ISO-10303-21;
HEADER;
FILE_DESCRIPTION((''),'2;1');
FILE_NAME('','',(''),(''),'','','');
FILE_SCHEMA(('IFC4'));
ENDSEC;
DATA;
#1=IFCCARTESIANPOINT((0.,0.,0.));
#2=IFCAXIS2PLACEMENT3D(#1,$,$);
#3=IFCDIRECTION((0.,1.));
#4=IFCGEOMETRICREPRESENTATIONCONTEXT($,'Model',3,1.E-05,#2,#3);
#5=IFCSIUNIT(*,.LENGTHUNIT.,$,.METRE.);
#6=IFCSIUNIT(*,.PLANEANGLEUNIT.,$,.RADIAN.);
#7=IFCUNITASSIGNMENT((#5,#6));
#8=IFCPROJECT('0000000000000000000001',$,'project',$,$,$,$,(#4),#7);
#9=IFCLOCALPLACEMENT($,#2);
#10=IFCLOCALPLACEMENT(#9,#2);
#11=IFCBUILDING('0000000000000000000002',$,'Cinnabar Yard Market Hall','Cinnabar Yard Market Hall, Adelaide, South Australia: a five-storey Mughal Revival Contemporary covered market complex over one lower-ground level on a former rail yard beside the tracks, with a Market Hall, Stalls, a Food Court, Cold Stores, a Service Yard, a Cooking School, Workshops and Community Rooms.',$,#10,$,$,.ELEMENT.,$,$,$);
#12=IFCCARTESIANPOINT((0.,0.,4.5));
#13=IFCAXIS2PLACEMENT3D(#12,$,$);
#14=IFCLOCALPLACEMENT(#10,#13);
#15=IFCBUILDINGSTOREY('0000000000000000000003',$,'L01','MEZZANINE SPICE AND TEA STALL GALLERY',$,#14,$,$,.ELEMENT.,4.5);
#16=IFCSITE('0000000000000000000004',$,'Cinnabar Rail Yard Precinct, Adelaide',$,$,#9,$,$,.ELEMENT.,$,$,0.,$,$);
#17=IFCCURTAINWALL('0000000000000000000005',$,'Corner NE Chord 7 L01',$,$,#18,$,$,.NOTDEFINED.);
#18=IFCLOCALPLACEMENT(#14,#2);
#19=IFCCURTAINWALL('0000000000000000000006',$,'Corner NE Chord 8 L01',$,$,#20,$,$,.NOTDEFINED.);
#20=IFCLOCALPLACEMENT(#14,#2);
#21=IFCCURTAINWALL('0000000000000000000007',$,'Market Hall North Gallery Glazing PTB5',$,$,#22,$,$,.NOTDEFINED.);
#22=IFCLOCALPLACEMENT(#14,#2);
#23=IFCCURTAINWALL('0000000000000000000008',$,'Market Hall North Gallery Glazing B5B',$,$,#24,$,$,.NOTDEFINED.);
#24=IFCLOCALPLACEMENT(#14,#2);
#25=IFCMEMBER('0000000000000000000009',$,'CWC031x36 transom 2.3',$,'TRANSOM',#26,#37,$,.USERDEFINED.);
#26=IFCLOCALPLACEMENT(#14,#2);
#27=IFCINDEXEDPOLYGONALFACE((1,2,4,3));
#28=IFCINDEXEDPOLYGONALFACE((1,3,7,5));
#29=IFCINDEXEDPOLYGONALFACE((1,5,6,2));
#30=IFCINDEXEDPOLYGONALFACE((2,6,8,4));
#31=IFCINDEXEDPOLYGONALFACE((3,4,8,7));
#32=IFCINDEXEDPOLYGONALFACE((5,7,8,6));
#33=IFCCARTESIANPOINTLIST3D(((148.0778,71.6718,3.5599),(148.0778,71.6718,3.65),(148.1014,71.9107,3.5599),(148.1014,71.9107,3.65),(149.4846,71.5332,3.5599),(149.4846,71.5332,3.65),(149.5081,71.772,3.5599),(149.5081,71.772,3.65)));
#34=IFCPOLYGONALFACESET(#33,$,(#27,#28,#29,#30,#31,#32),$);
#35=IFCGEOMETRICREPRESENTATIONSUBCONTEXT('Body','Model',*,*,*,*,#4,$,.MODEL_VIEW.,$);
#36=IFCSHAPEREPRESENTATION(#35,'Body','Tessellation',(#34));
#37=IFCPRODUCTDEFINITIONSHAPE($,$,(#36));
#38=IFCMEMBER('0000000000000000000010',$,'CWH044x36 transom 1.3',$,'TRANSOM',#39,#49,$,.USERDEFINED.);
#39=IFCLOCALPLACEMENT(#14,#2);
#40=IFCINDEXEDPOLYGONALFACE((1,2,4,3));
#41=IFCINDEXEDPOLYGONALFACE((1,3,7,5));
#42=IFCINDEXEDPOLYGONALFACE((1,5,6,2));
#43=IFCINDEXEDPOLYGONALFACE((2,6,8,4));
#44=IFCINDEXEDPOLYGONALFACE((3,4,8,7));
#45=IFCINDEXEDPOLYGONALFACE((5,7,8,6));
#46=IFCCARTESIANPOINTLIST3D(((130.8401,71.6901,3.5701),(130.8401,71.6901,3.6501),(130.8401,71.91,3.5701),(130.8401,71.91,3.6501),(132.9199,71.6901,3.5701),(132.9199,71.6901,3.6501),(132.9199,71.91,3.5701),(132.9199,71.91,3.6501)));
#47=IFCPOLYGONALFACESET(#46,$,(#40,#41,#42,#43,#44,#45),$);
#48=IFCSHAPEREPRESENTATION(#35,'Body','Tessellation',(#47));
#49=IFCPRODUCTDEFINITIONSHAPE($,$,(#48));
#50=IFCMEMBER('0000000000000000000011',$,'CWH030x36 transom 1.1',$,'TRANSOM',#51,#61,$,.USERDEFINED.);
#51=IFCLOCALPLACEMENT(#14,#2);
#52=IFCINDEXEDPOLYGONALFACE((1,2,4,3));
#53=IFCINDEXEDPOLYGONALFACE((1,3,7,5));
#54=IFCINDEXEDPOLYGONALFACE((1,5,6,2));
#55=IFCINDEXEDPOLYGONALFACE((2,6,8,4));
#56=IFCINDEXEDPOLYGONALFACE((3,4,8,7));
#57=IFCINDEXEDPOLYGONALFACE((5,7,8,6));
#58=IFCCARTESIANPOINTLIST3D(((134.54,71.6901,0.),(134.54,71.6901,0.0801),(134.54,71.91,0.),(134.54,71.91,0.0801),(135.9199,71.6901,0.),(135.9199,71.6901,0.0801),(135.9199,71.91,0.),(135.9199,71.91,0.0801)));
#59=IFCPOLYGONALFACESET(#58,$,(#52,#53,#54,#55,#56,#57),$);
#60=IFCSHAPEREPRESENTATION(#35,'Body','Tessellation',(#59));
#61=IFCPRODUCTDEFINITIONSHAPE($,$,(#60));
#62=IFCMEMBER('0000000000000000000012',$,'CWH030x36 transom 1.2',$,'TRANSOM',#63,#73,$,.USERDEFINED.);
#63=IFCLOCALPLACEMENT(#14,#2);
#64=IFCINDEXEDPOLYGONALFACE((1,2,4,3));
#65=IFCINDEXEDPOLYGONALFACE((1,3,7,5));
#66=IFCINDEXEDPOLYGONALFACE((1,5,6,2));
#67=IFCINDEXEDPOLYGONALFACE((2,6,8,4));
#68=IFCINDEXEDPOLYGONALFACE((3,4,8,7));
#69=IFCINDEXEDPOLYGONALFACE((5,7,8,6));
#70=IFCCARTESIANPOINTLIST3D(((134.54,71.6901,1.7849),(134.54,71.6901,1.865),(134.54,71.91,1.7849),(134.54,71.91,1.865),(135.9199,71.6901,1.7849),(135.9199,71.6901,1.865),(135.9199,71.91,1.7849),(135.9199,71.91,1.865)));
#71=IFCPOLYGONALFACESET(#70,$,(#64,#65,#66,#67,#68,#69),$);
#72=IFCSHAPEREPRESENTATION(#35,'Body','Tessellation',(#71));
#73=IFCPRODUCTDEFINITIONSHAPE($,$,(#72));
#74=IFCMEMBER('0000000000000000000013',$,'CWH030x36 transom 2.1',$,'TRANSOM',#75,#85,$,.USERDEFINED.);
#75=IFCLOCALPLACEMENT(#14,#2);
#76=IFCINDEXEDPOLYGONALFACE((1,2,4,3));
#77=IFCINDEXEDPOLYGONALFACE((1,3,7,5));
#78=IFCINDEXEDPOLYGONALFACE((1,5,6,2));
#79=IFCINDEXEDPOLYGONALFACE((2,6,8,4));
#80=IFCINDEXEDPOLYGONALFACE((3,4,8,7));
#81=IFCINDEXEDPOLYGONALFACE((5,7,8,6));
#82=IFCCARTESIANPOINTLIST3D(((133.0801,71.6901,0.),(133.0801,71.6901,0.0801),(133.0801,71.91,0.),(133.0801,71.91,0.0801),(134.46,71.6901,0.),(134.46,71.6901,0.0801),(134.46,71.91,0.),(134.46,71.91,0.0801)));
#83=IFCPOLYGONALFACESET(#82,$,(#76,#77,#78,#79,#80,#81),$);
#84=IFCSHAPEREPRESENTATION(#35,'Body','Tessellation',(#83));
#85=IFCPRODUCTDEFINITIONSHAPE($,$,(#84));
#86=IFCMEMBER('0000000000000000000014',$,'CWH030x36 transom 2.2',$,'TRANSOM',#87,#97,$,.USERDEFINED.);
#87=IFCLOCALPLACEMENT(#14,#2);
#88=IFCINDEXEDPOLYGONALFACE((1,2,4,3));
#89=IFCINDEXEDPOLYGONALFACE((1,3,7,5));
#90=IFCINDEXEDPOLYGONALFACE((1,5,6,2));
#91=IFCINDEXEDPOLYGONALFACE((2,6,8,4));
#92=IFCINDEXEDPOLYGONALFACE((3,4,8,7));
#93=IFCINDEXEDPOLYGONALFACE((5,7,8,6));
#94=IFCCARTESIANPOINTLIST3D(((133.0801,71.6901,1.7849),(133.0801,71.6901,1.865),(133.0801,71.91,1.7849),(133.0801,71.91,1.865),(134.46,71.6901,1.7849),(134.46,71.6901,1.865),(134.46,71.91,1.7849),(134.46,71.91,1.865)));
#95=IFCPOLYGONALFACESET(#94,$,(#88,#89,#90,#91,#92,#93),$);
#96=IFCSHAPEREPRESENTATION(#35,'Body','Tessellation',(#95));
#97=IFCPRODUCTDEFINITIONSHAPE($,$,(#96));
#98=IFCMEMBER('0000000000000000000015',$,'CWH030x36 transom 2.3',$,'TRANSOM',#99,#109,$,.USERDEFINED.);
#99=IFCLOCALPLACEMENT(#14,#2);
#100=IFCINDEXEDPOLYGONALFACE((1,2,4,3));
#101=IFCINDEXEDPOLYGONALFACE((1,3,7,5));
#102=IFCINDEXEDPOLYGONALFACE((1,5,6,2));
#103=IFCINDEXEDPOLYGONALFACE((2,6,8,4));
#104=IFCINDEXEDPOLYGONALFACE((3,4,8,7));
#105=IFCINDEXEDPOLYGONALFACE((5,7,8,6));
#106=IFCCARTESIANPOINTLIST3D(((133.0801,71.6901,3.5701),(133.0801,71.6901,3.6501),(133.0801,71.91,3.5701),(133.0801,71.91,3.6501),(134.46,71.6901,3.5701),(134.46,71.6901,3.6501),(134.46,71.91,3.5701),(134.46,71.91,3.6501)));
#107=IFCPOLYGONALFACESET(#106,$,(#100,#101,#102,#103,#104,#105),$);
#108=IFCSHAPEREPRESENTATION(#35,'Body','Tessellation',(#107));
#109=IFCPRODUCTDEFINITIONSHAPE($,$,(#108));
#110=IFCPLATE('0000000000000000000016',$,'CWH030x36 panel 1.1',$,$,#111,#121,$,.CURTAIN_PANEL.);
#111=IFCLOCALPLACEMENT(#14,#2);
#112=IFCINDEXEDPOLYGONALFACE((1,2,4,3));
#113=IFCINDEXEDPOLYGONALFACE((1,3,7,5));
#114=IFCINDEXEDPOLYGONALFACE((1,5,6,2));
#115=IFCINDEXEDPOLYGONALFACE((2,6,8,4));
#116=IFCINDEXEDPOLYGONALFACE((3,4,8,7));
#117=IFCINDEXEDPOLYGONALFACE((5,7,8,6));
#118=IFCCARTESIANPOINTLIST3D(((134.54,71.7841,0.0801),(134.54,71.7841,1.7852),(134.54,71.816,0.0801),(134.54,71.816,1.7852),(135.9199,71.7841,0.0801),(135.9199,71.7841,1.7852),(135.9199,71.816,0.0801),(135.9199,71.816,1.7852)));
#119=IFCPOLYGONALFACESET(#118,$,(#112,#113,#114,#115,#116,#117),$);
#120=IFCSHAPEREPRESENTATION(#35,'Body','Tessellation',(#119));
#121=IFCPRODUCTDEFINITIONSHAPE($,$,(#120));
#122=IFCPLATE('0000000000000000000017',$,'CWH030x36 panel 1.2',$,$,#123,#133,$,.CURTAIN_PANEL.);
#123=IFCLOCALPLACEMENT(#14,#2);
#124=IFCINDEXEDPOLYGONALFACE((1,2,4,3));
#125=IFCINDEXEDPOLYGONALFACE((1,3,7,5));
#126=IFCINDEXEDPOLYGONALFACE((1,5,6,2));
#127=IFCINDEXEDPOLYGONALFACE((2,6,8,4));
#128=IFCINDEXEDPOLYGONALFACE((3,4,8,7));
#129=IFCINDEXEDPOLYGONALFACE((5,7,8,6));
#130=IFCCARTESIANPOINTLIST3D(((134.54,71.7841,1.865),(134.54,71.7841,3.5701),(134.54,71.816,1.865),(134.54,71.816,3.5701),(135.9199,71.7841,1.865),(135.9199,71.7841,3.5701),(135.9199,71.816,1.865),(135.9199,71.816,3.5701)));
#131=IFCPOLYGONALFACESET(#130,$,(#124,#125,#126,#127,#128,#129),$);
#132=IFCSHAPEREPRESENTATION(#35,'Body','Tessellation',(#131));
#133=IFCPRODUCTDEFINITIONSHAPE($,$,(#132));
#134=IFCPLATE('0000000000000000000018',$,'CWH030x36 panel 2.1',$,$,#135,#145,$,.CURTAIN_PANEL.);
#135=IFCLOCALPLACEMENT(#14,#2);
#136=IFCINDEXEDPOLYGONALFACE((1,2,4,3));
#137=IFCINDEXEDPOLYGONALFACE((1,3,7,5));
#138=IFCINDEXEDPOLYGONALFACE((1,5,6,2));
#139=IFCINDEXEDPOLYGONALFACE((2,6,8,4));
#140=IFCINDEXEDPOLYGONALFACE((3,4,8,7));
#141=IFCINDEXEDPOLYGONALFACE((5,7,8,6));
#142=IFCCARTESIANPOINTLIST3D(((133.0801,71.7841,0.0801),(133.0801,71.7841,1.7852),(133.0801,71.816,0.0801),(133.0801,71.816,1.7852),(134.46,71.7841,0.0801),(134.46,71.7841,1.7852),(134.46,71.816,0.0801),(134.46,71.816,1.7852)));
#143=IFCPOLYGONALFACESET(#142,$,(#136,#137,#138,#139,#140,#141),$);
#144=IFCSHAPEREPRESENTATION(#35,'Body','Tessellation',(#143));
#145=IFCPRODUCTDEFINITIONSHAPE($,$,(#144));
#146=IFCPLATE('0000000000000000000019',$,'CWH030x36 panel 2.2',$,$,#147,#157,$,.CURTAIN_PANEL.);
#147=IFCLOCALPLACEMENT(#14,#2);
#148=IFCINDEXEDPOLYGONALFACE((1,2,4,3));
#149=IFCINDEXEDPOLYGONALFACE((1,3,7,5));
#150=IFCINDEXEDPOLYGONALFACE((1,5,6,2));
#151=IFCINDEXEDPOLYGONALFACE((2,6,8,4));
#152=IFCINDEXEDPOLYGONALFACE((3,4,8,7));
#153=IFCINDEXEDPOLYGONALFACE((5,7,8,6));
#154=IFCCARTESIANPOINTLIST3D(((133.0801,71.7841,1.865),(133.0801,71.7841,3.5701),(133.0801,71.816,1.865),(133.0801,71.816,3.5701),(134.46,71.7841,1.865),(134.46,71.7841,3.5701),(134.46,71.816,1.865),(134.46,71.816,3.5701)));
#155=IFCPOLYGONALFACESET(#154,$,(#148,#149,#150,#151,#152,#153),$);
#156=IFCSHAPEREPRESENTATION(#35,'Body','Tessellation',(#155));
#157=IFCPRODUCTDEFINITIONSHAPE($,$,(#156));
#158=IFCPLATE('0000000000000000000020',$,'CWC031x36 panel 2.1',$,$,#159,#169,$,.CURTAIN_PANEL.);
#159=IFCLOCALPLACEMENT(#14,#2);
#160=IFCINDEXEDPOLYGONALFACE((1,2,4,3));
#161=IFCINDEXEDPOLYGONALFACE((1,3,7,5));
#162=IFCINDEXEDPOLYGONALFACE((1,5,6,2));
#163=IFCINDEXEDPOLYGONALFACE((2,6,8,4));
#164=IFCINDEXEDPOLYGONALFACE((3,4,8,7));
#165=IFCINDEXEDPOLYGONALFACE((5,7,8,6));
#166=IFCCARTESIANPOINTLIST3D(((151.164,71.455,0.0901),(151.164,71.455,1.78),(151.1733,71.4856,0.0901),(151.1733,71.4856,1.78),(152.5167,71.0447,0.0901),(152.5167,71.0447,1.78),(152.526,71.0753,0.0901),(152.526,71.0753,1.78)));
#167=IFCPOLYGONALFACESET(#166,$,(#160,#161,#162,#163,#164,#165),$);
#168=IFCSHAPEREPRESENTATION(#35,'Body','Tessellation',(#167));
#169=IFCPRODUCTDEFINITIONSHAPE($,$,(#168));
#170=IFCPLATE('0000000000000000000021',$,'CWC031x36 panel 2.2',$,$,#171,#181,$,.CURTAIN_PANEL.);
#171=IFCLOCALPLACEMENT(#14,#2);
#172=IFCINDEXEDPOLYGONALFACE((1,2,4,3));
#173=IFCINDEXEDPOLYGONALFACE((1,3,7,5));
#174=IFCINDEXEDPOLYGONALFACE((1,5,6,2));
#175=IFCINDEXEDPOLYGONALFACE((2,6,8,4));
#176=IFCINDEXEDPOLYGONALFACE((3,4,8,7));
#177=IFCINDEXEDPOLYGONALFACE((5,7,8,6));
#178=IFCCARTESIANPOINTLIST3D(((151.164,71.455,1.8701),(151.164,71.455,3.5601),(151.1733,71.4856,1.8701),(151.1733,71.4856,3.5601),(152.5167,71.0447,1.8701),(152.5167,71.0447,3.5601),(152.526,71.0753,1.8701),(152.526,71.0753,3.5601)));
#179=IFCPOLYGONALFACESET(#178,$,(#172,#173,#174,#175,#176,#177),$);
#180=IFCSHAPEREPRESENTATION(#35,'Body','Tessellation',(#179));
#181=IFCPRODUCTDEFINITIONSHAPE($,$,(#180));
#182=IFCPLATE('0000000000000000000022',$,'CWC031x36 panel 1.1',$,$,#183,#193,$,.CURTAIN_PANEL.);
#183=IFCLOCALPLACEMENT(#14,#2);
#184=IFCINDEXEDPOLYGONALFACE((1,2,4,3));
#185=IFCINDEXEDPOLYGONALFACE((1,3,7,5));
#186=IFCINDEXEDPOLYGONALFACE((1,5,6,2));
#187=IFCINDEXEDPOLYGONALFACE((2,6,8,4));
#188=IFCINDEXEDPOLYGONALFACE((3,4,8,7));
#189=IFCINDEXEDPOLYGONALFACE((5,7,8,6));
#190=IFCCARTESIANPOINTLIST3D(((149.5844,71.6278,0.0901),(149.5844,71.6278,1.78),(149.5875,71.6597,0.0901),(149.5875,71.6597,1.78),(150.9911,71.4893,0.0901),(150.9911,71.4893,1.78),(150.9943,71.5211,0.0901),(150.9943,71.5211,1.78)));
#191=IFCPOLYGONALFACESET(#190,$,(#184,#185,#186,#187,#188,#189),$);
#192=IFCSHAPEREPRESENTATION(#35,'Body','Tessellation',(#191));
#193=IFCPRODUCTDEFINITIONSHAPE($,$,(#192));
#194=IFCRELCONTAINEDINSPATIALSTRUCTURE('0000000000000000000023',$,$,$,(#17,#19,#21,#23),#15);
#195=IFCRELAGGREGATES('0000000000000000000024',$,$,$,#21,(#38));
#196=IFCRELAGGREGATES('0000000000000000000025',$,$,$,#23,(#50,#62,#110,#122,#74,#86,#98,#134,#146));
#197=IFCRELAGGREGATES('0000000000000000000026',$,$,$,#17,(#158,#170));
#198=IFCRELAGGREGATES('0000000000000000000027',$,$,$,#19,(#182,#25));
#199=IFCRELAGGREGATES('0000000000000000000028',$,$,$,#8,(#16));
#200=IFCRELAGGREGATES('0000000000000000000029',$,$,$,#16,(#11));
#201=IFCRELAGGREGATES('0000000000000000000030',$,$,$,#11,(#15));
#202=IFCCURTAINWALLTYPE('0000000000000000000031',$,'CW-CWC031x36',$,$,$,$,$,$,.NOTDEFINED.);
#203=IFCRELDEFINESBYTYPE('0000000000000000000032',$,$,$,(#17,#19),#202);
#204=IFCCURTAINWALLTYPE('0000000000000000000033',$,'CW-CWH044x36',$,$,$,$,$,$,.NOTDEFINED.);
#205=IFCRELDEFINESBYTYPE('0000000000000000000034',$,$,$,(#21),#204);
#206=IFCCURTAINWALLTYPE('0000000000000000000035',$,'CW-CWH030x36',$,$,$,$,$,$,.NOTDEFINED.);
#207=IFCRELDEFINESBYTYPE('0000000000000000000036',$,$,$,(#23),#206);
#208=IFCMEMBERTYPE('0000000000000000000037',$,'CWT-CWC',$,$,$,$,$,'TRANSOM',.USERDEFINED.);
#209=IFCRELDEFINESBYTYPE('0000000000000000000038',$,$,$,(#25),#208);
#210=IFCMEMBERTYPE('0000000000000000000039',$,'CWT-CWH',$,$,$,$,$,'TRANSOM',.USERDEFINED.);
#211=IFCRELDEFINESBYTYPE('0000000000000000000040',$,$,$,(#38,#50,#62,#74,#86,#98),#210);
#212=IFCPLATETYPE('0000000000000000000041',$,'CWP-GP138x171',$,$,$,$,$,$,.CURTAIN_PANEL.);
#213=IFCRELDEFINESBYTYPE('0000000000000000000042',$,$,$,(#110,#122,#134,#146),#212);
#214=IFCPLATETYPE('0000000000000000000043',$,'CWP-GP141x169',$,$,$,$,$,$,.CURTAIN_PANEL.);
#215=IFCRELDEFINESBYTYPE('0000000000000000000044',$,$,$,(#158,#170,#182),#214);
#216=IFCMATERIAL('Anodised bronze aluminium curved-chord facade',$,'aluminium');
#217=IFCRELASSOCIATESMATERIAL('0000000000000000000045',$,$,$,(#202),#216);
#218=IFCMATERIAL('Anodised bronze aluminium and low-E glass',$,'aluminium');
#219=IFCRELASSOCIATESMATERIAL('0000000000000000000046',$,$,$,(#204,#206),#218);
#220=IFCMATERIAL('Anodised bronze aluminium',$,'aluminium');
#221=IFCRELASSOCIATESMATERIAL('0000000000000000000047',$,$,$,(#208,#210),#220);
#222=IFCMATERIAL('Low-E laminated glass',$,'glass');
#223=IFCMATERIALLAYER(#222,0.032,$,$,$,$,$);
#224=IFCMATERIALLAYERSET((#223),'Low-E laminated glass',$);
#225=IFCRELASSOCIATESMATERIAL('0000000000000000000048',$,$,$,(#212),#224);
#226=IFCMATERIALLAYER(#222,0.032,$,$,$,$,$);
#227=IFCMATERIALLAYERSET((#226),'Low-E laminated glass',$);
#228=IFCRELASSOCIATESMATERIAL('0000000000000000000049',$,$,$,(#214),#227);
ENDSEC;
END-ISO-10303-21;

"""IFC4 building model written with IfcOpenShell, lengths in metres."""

from ifc_helpers import new_model, si_unit, direction, frame, origin, origin_2d_with_axis, place, context, subcontext, project, spatial, rectangle, extrude, material, layer, layer_set, material_profile, profile_set, type_object, element, aggregate, save


model = new_model("IFC4")

# Units and contexts
model_context = context("Model", 3, precision=1e-05, world=origin(), true_north=direction((0.0, 1.0)))
body_context = subcontext(model_context, "Body", "Model", "MODEL_VIEW")
ifc_project = project(units=[si_unit("LENGTHUNIT", "METRE"), si_unit("PLANEANGLEUNIT", "RADIAN")], contexts=[model_context])

# Site, building, storey
site_placement = place(None, origin())
site = spatial("IfcSite", under=ifc_project, at=site_placement, Name="Cinnabar Rail Yard Precinct, Adelaide", CompositionType="ELEMENT", RefElevation=0.0)
building_placement = place(site_placement, origin())
building = spatial("IfcBuilding", under=site, at=building_placement, Name="Cinnabar Yard Market Hall", Description="Cinnabar Yard Market Hall, Adelaide, South Australia: a five-storey Mughal Revival Contemporary covered market complex over one lower-ground level on a former rail yard beside the tracks, with a Market Hall, Stalls, a Food Court, Cold Stores, a Service Yard, a Cooking School, Workshops and Community Rooms.", CompositionType="ELEMENT")
storey_placement = place(building_placement, frame((0.0, 0.0, 4.5)))
storey = spatial("IfcBuildingStorey", under=building, at=storey_placement, Name="L01", Description="MEZZANINE SPICE AND TEA STALL GALLERY", CompositionType="ELEMENT", Elevation=4.5)

# Curtain wall
ifc_material_1 = material(Name="Anodised bronze aluminium curved-chord facade", Category="aluminium")
curtain_wall_type_1 = type_object("IfcCurtainWallType", Name="CW-CWC031x36", PredefinedType="NOTDEFINED", material=ifc_material_1)
curtain_wall_1_placement = place(storey_placement, origin())
curtain_wall_1 = element("IfcCurtainWall", 1, at=curtain_wall_1_placement, inside=storey, type_object=curtain_wall_type_1, Name="Corner NE Chord 7 L01", PredefinedType="NOTDEFINED")
ifc_material_2 = material(Name="Anodised bronze aluminium", Category="aluminium")

# Curtain wall
curtain_wall_2_placement = place(storey_placement, origin())
curtain_wall_2 = element("IfcCurtainWall", 2, at=curtain_wall_2_placement, inside=storey, type_object=curtain_wall_type_1, Name="Corner NE Chord 8 L01", PredefinedType="NOTDEFINED")

# Curtain wall
ifc_material_3 = material(Name="Anodised bronze aluminium and low-E glass", Category="aluminium")
curtain_wall_type_2 = type_object("IfcCurtainWallType", Name="CW-CWH044x36", PredefinedType="NOTDEFINED", material=ifc_material_3)
curtain_wall_3_placement = place(storey_placement, origin())
curtain_wall_3 = element("IfcCurtainWall", 3, at=curtain_wall_3_placement, inside=storey, type_object=curtain_wall_type_2, Name="Market Hall North Gallery Glazing PTB5", PredefinedType="NOTDEFINED")

# Curtain wall
curtain_wall_type_3 = type_object("IfcCurtainWallType", Name="CW-CWH030x36", PredefinedType="NOTDEFINED", material=ifc_material_3)
curtain_wall_4_placement = place(storey_placement, origin())
curtain_wall_4 = element("IfcCurtainWall", 4, at=curtain_wall_4_placement, inside=storey, type_object=curtain_wall_type_3, Name="Market Hall North Gallery Glazing B5B", PredefinedType="NOTDEFINED")

# Members
ifc_material_profile_1 = material_profile(ifc_material_2, rectangle(XDim=0.24, YDim=0.0901, at=origin_2d_with_axis()), Name="TRN-CWC")
ifc_profile_set_1 = profile_set([ifc_material_profile_1], Name="Anodised bronze aluminium")
member_type_1 = type_object("IfcMemberType", Name="CWT-CWC", ElementType="TRANSOM", PredefinedType="USERDEFINED", material=ifc_profile_set_1)
member_1_placement = place(storey_placement, frame((149.4963, 71.6526, 3.605), z_axis=(-0.995176, 0.098101, 0.0), x_axis=(-0.098101, -0.995176, 0.0)))
member_1 = element("IfcMember", 5, at=member_1_placement, type_object=member_type_1, Name="CWC031x36 transom 2.3", ObjectType="TRANSOM", PredefinedType="USERDEFINED", context=body_context, shape_type="SweptSolid", body=[
    extrude(rectangle(XDim=0.24, YDim=0.0901, at=origin_2d_with_axis()), origin(), (0.0, 0.0, 1.0), 1.4136),
])
ifc_material_profile_2 = material_profile(ifc_material_2, rectangle(XDim=0.22, YDim=0.0801, at=origin_2d_with_axis()), Name="TRN-CWH")
ifc_profile_set_2 = profile_set([ifc_material_profile_2], Name="Anodised bronze aluminium")
member_type_2 = type_object("IfcMemberType", Name="CWT-CWH", ElementType="TRANSOM", PredefinedType="USERDEFINED", material=ifc_profile_set_2)
member_2_placement = place(storey_placement, frame((132.9199, 71.8, 3.6101), z_axis=(-1.0, 0.0, 0.0), x_axis=(0.0, -1.0, 0.0)))
member_2 = element("IfcMember", 6, at=member_2_placement, type_object=member_type_2, Name="CWH044x36 transom 1.3", ObjectType="TRANSOM", PredefinedType="USERDEFINED", context=body_context, shape_type="SweptSolid", body=[
    extrude(rectangle(XDim=0.22, YDim=0.0801, at=origin_2d_with_axis()), origin(), (0.0, 0.0, 1.0), 2.0798),
])
aggregate(curtain_wall_3, [member_2])
member_3_placement = place(storey_placement, frame((135.9199, 71.8, 0.04), z_axis=(-1.0, 0.0, 0.0), x_axis=(0.0, -1.0, 0.0)))
member_3 = element("IfcMember", 7, at=member_3_placement, type_object=member_type_2, Name="CWH030x36 transom 1.1", ObjectType="TRANSOM", PredefinedType="USERDEFINED", context=body_context, shape_type="SweptSolid", body=[
    extrude(rectangle(XDim=0.22, YDim=0.0801, at=origin_2d_with_axis()), origin(), (0.0, 0.0, 1.0), 1.3799),
])
member_4_placement = place(storey_placement, frame((135.9199, 71.8, 1.825), z_axis=(-1.0, 0.0, 0.0), x_axis=(0.0, -1.0, 0.0)))
member_4 = element("IfcMember", 8, at=member_4_placement, type_object=member_type_2, Name="CWH030x36 transom 1.2", ObjectType="TRANSOM", PredefinedType="USERDEFINED", context=body_context, shape_type="SweptSolid", body=[
    extrude(rectangle(XDim=0.22, YDim=0.0801, at=origin_2d_with_axis()), origin(), (0.0, 0.0, 1.0), 1.3799),
])
member_5_placement = place(storey_placement, frame((134.46, 71.8, 0.04), z_axis=(-1.0, 0.0, 0.0), x_axis=(0.0, -1.0, 0.0)))
member_5 = element("IfcMember", 9, at=member_5_placement, type_object=member_type_2, Name="CWH030x36 transom 2.1", ObjectType="TRANSOM", PredefinedType="USERDEFINED", context=body_context, shape_type="SweptSolid", body=[
    extrude(rectangle(XDim=0.22, YDim=0.0801, at=origin_2d_with_axis()), origin(), (0.0, 0.0, 1.0), 1.3799),
])
member_6_placement = place(storey_placement, frame((134.46, 71.8, 1.825), z_axis=(-1.0, 0.0, 0.0), x_axis=(0.0, -1.0, 0.0)))
member_6 = element("IfcMember", 10, at=member_6_placement, type_object=member_type_2, Name="CWH030x36 transom 2.2", ObjectType="TRANSOM", PredefinedType="USERDEFINED", context=body_context, shape_type="SweptSolid", body=[
    extrude(rectangle(XDim=0.22, YDim=0.0801, at=origin_2d_with_axis()), origin(), (0.0, 0.0, 1.0), 1.3799),
])
member_7_placement = place(storey_placement, frame((134.46, 71.8, 3.6101), z_axis=(-1.0, 0.0, 0.0), x_axis=(0.0, -1.0, 0.0)))
member_7 = element("IfcMember", 11, at=member_7_placement, type_object=member_type_2, Name="CWH030x36 transom 2.3", ObjectType="TRANSOM", PredefinedType="USERDEFINED", context=body_context, shape_type="SweptSolid", body=[
    extrude(rectangle(XDim=0.22, YDim=0.0801, at=origin_2d_with_axis()), origin(), (0.0, 0.0, 1.0), 1.3799),
])

# Plates
ifc_material_4 = material(Name="Low-E laminated glass", Category="glass")
ifc_layer_1 = layer(ifc_material_4, 0.032)
ifc_layer_set_1 = layer_set([ifc_layer_1], Name="Low-E laminated glass")
plate_type_1 = type_object("IfcPlateType", Name="CWP-GP138x171", PredefinedType="CURTAIN_PANEL", material=ifc_layer_set_1)
plate_1_placement = place(storey_placement, frame((135.23, 71.8, 0.0801), z_axis=(0.0, 0.0, 1.0), x_axis=(-1.0, 0.0, 0.0)))
plate_1 = element("IfcPlate", 12, at=plate_1_placement, type_object=plate_type_1, Name="CWH030x36 panel 1.1", PredefinedType="CURTAIN_PANEL", context=body_context, shape_type="SweptSolid", body=[
    extrude(rectangle(XDim=1.3799, YDim=0.032, at=origin_2d_with_axis()), origin(), (0.0, 0.0, 1.0), 1.7051),
])
plate_2_placement = place(storey_placement, frame((135.23, 71.8, 1.865), z_axis=(0.0, 0.0, 1.0), x_axis=(-1.0, 0.0, 0.0)))
plate_2 = element("IfcPlate", 13, at=plate_2_placement, type_object=plate_type_1, Name="CWH030x36 panel 1.2", PredefinedType="CURTAIN_PANEL", context=body_context, shape_type="SweptSolid", body=[
    extrude(rectangle(XDim=1.3799, YDim=0.032, at=origin_2d_with_axis()), origin(), (0.0, 0.0, 1.0), 1.7051),
])
plate_3_placement = place(storey_placement, frame((133.77, 71.8, 0.0801), z_axis=(0.0, 0.0, 1.0), x_axis=(-1.0, 0.0, 0.0)))
plate_3 = element("IfcPlate", 14, at=plate_3_placement, type_object=plate_type_1, Name="CWH030x36 panel 2.1", PredefinedType="CURTAIN_PANEL", context=body_context, shape_type="SweptSolid", body=[
    extrude(rectangle(XDim=1.3799, YDim=0.032, at=origin_2d_with_axis()), origin(), (0.0, 0.0, 1.0), 1.7051),
])
plate_4_placement = place(storey_placement, frame((133.77, 71.8, 1.865), z_axis=(0.0, 0.0, 1.0), x_axis=(-1.0, 0.0, 0.0)))
plate_4 = element("IfcPlate", 15, at=plate_4_placement, type_object=plate_type_1, Name="CWH030x36 panel 2.2", PredefinedType="CURTAIN_PANEL", context=body_context, shape_type="SweptSolid", body=[
    extrude(rectangle(XDim=1.3799, YDim=0.032, at=origin_2d_with_axis()), origin(), (0.0, 0.0, 1.0), 1.7051),
])
aggregate(curtain_wall_4, [member_3, member_4, plate_1, plate_2, member_5, member_6, member_7, plate_3, plate_4])
ifc_layer_2 = layer(ifc_material_4, 0.032)
ifc_layer_set_2 = layer_set([ifc_layer_2], Name="Low-E laminated glass")
plate_type_2 = type_object("IfcPlateType", Name="CWP-GP141x169", PredefinedType="CURTAIN_PANEL", material=ifc_layer_set_2)
plate_5_placement = place(storey_placement, frame((151.845, 71.2651, 0.0901), z_axis=(0.0, 0.0, 1.0), x_axis=(-0.956942, 0.290279, 0.0)))
plate_5 = element("IfcPlate", 16, at=plate_5_placement, type_object=plate_type_2, Name="CWC031x36 panel 2.1", PredefinedType="CURTAIN_PANEL", context=body_context, shape_type="SweptSolid", body=[
    extrude(rectangle(XDim=1.4136, YDim=0.032, at=origin_2d_with_axis()), origin(), (0.0, 0.0, 1.0), 1.6899),
])
plate_6_placement = place(storey_placement, frame((151.845, 71.2651, 1.8701), z_axis=(0.0, 0.0, 1.0), x_axis=(-0.956942, 0.290279, 0.0)))
plate_6 = element("IfcPlate", 17, at=plate_6_placement, type_object=plate_type_2, Name="CWC031x36 panel 2.2", PredefinedType="CURTAIN_PANEL", context=body_context, shape_type="SweptSolid", body=[
    extrude(rectangle(XDim=1.4136, YDim=0.032, at=origin_2d_with_axis()), origin(), (0.0, 0.0, 1.0), 1.6899),
])
aggregate(curtain_wall_1, [plate_5, plate_6])
plate_7_placement = place(storey_placement, frame((150.2893, 71.5745, 0.0901), z_axis=(0.0, 0.0, 1.0), x_axis=(-0.995184, 0.09802, 0.0)))
plate_7 = element("IfcPlate", 18, at=plate_7_placement, type_object=plate_type_2, Name="CWC031x36 panel 1.1", PredefinedType="CURTAIN_PANEL", context=body_context, shape_type="SweptSolid", body=[
    extrude(rectangle(XDim=1.4136, YDim=0.032, at=origin_2d_with_axis()), origin(), (0.0, 0.0, 1.0), 1.6899),
])
aggregate(curtain_wall_2, [plate_7, member_1])

save(model, "model.ifc")
